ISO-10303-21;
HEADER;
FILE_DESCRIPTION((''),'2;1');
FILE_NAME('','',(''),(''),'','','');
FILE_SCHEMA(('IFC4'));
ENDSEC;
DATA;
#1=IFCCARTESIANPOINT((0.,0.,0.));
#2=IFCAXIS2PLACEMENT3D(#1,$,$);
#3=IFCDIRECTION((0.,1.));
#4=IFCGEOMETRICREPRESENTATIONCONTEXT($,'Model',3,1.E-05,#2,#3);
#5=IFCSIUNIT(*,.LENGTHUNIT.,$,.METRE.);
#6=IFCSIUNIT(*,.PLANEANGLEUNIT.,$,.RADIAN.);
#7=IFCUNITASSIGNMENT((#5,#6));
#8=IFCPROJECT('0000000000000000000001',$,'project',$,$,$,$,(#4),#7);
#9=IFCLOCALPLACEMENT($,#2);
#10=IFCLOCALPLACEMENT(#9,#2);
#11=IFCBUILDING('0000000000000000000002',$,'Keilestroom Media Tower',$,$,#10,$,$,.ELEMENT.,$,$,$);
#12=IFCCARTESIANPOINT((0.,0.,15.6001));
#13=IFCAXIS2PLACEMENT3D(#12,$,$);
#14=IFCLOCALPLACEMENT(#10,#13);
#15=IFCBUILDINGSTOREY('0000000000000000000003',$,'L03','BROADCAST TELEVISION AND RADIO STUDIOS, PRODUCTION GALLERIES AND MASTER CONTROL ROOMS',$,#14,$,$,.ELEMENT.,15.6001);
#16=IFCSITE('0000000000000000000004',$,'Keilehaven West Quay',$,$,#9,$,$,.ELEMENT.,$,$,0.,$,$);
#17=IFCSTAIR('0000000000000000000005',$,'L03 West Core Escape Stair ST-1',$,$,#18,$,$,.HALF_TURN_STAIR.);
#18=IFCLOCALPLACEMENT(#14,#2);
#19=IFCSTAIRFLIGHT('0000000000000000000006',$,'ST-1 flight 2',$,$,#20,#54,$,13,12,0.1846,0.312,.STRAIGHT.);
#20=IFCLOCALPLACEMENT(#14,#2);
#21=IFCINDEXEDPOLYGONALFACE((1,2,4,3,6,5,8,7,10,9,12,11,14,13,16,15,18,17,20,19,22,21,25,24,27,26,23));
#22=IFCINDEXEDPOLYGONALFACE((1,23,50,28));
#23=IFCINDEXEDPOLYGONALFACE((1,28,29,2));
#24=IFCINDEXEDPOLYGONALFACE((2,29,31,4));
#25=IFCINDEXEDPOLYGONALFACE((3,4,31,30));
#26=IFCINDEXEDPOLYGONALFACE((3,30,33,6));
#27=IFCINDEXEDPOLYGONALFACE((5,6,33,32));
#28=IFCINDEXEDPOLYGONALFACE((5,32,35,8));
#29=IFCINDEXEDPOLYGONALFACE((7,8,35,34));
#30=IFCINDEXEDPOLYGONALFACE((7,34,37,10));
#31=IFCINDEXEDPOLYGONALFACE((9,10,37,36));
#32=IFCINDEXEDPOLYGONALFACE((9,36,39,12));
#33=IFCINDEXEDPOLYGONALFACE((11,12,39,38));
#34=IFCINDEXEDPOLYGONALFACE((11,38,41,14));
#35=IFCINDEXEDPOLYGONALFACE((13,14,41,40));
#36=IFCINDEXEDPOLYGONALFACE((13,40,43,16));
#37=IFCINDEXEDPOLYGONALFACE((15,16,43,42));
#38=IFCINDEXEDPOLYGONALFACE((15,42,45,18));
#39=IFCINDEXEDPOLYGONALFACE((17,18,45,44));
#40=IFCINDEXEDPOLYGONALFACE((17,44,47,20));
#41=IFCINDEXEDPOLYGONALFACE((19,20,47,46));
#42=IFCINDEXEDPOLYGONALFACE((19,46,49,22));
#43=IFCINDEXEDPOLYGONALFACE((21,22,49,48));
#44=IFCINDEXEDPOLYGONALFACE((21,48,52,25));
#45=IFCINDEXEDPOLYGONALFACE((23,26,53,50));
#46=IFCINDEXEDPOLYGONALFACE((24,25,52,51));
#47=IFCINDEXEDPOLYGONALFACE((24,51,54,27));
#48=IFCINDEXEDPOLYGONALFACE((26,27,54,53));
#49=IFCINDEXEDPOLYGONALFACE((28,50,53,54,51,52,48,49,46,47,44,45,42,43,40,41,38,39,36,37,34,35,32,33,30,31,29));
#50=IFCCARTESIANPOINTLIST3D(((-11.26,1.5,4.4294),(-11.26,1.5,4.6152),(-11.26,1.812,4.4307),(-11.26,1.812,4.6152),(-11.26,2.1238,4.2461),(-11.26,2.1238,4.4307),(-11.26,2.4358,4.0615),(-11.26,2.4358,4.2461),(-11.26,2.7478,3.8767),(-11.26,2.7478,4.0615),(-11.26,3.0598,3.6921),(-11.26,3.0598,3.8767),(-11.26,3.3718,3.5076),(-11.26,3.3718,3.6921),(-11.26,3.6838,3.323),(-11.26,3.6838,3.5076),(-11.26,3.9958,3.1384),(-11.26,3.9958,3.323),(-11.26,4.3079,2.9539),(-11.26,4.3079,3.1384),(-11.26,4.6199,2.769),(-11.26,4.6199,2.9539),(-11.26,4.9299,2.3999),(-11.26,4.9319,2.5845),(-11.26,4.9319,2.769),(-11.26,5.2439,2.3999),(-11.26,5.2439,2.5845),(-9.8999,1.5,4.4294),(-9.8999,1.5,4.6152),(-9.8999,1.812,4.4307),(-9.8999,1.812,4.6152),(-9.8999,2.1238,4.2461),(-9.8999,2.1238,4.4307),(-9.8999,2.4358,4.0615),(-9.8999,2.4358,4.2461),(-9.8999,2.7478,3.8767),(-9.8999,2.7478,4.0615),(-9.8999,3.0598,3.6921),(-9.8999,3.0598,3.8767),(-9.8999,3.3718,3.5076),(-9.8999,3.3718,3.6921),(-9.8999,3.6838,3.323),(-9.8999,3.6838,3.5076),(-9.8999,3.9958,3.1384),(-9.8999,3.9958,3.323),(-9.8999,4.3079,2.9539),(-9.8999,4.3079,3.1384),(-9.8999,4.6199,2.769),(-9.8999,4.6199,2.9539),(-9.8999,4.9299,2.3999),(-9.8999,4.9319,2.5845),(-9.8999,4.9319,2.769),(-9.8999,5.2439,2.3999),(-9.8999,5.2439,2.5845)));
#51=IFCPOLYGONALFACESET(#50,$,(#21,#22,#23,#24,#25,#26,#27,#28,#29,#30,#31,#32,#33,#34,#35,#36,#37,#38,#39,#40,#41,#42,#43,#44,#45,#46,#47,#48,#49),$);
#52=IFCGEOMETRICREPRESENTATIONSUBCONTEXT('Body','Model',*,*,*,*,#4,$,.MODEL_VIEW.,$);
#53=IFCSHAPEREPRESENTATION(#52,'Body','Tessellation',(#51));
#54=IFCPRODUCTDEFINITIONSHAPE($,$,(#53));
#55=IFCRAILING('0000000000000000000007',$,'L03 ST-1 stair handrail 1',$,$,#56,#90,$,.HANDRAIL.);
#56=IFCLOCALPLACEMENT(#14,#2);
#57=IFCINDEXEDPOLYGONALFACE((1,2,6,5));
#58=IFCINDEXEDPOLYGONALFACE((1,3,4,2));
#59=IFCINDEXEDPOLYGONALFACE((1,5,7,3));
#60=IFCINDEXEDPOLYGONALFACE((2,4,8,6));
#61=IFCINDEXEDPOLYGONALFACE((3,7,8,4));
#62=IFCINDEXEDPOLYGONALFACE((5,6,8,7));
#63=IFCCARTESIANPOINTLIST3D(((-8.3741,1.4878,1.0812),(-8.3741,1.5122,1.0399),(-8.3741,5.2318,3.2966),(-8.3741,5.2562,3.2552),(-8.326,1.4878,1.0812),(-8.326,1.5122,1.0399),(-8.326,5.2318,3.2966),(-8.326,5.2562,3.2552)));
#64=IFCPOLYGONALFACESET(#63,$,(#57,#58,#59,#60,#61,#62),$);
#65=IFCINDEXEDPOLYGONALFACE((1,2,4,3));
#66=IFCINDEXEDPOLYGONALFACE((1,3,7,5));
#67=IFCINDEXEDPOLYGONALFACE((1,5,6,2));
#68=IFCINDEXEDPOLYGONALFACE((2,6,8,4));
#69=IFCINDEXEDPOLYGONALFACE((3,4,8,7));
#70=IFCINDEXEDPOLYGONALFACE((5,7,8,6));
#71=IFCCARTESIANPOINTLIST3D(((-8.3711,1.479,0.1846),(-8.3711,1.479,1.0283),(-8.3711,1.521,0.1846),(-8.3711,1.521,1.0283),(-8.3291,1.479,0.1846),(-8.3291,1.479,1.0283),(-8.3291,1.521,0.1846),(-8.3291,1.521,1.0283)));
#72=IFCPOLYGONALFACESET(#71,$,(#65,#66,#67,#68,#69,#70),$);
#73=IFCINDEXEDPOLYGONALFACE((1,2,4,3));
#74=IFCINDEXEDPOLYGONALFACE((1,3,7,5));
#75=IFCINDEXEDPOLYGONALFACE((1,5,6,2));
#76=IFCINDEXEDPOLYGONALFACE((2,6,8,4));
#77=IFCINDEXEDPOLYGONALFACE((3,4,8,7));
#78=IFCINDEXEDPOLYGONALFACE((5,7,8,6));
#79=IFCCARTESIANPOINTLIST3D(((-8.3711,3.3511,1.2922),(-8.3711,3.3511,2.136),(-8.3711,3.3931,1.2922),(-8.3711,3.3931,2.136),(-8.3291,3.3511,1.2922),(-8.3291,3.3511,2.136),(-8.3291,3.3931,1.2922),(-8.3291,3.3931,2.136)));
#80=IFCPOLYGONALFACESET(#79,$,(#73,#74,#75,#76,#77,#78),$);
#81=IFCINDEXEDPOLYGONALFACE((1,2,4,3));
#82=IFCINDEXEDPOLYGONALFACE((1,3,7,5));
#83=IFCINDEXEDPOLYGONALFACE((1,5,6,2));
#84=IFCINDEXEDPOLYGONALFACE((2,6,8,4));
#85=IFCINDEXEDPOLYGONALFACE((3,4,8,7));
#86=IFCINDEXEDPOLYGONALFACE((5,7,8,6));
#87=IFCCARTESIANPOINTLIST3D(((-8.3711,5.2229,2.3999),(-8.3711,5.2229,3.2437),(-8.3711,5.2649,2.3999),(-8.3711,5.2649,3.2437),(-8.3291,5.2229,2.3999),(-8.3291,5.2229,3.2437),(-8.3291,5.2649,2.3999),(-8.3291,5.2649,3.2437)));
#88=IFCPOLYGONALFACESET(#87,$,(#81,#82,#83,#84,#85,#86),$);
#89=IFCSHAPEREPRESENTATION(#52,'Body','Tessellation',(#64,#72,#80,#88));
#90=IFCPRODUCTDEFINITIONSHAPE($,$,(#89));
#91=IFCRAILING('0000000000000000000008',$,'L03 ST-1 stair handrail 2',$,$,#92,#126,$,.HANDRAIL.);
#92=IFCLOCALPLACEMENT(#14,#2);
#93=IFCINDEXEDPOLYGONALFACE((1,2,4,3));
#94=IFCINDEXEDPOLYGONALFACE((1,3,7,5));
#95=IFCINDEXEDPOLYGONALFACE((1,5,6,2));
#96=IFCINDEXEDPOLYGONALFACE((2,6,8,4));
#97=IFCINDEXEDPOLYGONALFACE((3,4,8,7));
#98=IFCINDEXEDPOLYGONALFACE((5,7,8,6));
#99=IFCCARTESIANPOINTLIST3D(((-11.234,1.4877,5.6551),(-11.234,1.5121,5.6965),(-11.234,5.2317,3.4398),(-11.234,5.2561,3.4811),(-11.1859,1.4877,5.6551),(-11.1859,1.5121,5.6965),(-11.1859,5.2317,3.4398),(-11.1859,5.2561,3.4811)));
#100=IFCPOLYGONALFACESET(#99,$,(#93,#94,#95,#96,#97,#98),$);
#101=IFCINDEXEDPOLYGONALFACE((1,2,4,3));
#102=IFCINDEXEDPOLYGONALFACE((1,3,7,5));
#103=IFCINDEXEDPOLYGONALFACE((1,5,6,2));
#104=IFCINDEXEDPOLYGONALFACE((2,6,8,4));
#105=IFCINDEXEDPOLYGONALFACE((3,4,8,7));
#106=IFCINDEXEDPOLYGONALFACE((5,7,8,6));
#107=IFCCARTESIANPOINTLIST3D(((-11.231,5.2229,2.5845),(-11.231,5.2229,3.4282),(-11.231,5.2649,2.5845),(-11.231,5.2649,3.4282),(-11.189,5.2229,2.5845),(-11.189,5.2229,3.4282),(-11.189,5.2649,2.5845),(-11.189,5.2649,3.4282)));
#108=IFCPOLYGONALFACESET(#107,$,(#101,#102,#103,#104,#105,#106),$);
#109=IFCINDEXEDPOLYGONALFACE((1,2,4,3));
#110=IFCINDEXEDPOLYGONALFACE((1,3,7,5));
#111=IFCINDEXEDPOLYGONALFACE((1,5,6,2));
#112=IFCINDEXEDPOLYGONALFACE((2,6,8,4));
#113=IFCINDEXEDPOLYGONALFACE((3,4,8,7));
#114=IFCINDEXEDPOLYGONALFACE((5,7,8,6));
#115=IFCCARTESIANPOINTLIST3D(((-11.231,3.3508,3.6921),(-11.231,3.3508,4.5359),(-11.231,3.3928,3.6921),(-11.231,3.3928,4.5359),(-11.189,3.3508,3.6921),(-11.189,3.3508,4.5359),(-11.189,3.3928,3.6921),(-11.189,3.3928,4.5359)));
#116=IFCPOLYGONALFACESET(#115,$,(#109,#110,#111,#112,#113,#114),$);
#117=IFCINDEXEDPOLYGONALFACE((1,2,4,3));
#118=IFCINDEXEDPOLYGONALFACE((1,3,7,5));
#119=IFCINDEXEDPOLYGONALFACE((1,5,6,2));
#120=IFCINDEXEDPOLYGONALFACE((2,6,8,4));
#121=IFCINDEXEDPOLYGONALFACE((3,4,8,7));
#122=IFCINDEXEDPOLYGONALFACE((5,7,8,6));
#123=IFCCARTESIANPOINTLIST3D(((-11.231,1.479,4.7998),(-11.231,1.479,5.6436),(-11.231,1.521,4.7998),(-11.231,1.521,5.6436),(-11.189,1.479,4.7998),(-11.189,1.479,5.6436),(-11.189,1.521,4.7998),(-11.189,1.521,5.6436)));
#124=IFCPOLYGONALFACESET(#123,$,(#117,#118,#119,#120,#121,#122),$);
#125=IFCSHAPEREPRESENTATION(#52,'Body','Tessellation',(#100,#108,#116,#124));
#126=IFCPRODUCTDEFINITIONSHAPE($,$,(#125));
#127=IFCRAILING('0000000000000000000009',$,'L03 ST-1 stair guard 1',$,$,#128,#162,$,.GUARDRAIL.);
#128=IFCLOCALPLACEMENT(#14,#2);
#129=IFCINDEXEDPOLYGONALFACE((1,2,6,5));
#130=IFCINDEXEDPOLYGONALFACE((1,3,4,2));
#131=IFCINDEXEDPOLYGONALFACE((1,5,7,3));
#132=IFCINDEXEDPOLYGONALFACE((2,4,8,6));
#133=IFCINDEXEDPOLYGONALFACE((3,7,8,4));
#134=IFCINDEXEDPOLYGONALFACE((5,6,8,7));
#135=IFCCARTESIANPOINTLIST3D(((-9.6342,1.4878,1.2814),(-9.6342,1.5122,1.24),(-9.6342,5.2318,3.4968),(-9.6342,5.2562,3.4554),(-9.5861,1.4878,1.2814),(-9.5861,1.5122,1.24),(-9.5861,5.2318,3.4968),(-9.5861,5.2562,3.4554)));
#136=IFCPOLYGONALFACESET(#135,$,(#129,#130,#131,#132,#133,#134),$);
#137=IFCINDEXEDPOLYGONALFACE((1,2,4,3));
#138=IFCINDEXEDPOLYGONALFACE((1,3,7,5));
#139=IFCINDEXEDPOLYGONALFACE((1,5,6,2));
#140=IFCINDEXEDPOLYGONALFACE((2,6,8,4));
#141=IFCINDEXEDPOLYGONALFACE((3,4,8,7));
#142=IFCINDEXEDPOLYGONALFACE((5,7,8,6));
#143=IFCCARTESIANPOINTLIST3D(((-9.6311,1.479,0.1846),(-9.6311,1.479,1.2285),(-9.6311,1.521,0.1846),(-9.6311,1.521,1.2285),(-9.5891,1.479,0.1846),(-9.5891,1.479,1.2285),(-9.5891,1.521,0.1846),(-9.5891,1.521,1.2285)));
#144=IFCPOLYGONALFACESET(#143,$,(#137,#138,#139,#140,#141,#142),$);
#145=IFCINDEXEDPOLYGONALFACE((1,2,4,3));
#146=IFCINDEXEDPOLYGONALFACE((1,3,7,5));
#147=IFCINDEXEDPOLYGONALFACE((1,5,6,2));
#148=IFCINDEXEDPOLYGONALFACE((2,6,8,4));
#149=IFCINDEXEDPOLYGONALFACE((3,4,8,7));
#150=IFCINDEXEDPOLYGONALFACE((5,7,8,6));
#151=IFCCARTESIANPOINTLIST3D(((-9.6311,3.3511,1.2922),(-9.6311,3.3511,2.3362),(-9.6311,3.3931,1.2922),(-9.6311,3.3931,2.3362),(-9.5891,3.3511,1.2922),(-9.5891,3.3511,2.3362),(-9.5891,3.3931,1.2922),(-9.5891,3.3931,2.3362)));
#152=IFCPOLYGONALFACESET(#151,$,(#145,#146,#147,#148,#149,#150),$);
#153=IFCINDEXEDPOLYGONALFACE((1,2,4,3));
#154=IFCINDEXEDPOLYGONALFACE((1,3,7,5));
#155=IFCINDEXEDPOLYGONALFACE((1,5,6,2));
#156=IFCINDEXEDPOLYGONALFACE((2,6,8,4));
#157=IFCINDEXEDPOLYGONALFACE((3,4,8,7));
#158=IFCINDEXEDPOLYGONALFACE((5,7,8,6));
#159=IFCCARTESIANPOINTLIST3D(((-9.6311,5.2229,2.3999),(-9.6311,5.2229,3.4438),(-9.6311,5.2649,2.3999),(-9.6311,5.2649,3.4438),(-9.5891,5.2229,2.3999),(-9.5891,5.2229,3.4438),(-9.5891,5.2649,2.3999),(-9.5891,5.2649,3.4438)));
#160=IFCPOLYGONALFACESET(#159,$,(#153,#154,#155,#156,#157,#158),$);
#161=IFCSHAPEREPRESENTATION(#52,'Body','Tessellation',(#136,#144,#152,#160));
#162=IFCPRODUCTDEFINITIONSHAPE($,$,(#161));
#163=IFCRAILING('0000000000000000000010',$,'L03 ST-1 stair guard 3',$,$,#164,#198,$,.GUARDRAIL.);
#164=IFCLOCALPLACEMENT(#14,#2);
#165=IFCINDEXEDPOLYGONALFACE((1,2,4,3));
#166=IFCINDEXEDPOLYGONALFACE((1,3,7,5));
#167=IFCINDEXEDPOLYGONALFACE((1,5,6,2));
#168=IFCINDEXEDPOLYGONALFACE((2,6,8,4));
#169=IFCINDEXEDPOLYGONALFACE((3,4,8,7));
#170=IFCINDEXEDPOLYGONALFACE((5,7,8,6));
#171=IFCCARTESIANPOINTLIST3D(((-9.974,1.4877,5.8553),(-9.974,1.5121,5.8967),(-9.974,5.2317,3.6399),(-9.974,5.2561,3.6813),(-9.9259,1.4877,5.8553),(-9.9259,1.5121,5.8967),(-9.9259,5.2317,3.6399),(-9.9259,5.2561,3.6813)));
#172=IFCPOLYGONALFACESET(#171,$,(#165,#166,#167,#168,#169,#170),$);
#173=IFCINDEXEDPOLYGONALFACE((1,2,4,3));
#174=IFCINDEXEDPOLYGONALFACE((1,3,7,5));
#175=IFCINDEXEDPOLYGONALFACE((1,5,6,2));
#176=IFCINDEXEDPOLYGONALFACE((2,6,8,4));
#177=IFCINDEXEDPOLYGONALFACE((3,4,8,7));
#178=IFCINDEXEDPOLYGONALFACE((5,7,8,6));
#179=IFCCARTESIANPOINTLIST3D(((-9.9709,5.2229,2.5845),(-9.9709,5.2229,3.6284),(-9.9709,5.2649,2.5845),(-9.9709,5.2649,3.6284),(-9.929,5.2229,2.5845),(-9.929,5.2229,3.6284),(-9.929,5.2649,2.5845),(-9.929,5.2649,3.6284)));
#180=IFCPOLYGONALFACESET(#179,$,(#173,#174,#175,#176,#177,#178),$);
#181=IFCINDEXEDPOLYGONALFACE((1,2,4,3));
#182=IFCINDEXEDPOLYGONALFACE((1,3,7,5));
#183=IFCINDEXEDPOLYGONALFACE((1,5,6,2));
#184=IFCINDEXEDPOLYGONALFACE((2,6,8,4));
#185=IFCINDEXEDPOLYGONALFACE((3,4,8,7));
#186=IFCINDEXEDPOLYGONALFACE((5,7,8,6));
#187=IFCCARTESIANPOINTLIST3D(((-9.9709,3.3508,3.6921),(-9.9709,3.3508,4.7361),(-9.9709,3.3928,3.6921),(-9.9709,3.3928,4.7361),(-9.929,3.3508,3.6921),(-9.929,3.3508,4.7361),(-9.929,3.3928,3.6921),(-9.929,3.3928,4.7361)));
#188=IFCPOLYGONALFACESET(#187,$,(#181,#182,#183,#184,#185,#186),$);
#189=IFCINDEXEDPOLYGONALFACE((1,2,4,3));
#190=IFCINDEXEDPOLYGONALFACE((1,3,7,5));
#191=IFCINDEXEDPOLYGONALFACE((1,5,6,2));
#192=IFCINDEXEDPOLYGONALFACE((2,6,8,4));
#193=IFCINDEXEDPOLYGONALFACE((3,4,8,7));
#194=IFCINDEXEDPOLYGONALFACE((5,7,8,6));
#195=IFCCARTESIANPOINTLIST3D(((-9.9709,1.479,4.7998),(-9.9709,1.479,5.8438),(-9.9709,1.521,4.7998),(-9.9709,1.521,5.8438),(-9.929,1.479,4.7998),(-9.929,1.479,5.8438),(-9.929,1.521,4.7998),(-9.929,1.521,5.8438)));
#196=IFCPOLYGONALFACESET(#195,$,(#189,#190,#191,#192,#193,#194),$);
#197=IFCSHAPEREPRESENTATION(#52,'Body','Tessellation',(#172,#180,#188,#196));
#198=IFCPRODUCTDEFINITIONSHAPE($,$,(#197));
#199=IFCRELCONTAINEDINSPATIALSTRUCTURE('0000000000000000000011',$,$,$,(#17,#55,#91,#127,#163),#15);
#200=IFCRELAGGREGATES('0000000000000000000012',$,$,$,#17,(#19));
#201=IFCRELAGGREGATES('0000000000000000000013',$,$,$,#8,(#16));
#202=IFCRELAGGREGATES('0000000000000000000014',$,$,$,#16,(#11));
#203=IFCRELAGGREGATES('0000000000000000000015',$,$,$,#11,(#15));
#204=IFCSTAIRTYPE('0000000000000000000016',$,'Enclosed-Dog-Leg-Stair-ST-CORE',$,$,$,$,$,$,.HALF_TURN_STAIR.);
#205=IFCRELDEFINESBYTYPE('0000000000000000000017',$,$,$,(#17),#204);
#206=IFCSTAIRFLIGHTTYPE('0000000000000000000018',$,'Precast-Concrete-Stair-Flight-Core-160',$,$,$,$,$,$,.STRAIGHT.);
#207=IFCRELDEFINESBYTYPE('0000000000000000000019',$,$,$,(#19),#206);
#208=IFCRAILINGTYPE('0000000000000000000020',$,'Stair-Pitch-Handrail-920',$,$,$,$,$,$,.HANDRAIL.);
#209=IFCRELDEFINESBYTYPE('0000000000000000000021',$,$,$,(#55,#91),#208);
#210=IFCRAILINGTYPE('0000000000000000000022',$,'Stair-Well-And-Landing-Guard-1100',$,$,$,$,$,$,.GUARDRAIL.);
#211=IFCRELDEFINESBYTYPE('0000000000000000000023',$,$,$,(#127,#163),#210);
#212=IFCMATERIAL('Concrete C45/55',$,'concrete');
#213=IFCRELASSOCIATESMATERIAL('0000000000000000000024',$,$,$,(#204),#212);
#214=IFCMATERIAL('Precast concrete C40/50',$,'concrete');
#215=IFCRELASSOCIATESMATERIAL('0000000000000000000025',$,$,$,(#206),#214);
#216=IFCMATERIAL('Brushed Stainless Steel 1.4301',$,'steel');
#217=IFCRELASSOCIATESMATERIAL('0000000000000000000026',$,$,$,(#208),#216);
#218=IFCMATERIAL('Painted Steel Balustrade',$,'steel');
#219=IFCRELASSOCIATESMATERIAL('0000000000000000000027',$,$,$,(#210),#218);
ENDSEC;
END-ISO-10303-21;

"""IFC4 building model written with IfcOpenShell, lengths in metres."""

from ifc_helpers import new_model, si_unit, direction, frame, origin, origin_2d, place, context, subcontext, project, spatial, polyline, rectangle, outline, extrude, material, type_object, element, aggregate, save


model = new_model("IFC4")

# Units and contexts
model_context = context("Model", 3, precision=1e-05, world=origin(), true_north=direction((0.0, 1.0)))
body_context = subcontext(model_context, "Body", "Model", "MODEL_VIEW")
ifc_project = project(units=[si_unit("LENGTHUNIT", "METRE"), si_unit("PLANEANGLEUNIT", "RADIAN")], contexts=[model_context])

# Site, building, storey
site_placement = place(None, origin())
site = spatial("IfcSite", under=ifc_project, at=site_placement, Name="Keilehaven West Quay", CompositionType="ELEMENT", RefElevation=0.0)
building_placement = place(site_placement, origin())
building = spatial("IfcBuilding", under=site, at=building_placement, Name="Keilestroom Media Tower", CompositionType="ELEMENT")
storey_placement = place(building_placement, frame((0.0, 0.0, 15.6001)))
storey = spatial("IfcBuildingStorey", under=building, at=storey_placement, Name="L03", Description="BROADCAST TELEVISION AND RADIO STUDIOS, PRODUCTION GALLERIES AND MASTER CONTROL ROOMS", CompositionType="ELEMENT", Elevation=15.6001)

# Stair, stair flight
ifc_material_1 = material(Name="Concrete C45/55", Category="concrete")
stair_type = type_object("IfcStairType", Name="Enclosed-Dog-Leg-Stair-ST-CORE", PredefinedType="HALF_TURN_STAIR", material=ifc_material_1)
stair_placement = place(storey_placement, origin())
stair = element("IfcStair", 1, at=stair_placement, inside=storey, type_object=stair_type, Name="L03 West Core Escape Stair ST-1", PredefinedType="HALF_TURN_STAIR")
ifc_material_2 = material(Name="Precast concrete C40/50", Category="concrete")
stair_flight_type = type_object("IfcStairFlightType", Name="Precast-Concrete-Stair-Flight-Core-160", PredefinedType="STRAIGHT", material=ifc_material_2)
stair_flight_1_placement = place(storey_placement, frame((-10.5801, 5.2439, 2.3999), z_axis=(0.0, 0.0, 1.0), x_axis=(0.0, -1.0, 0.0)))
stair_flight_1 = element("IfcStairFlight", 2, at=stair_flight_1_placement, type_object=stair_flight_type, Name="ST-1 flight 2", NumberOfRisers=13, NumberOfTreads=12, PredefinedType="STRAIGHT", RiserHeight=0.1846, TreadLength=0.312, context=body_context, shape_type="SweptSolid", body=[
    extrude(outline(polyline([(0.0, 0.0), (0.0, 0.1846), (0.312, 0.1846), (0.312, 0.3691), (0.624, 0.3691), (0.624, 0.554), (0.936, 0.554), (0.936, 0.7385), (1.248, 0.7385), (1.248, 0.9231), (1.5601, 0.9231), (1.5601, 1.1077), (1.8721, 1.1077), (1.8721, 1.2922), (2.1841, 1.2922), (2.1841, 1.4768), (2.4961, 1.4768), (2.4961, 1.6616), (2.8081, 1.6616), (2.8081, 1.8462), (3.1201, 1.8462), (3.1201, 2.0308), (3.4319, 2.0308), (3.4319, 2.2153), (3.7439, 2.2153), (3.7439, 2.3999), (3.7439, 2.0295), (0.314, 0.0), (0.0, 0.0)])), frame((0.0, 0.6802, 0.0), z_axis=(0.0, -1.0, 0.0), x_axis=(1.0, 0.0, 0.0)), (0.0, 0.0, 1.0), 1.3601),
])
aggregate(stair, [stair_flight_1])

# Railings
ifc_material_3 = material(Name="Brushed Stainless Steel 1.4301", Category="steel")
railing_type_1 = type_object("IfcRailingType", Name="Stair-Pitch-Handrail-920", PredefinedType="HANDRAIL", material=ifc_material_3)
railing_1_placement = place(storey_placement, frame((-8.3501, 1.5, 0.1846)))
element("IfcRailing", 3, at=railing_1_placement, inside=storey, type_object=railing_type_1, Name="L03 ST-1 stair handrail 1", PredefinedType="HANDRAIL", context=body_context, shape_type="SweptSolid", body=[
    extrude(rectangle(XDim=0.0481, YDim=0.0481, at=origin_2d()), frame((0.0, 0.0, 0.876), z_axis=(0.0, 0.860621, 0.509245), x_axis=(-1.0, 0.0, 0.0)), (0.0, 0.0, 1.0), 4.3503),
    extrude(rectangle(XDim=0.042, YDim=0.042, at=origin_2d()), origin(), (0.0, 0.0, 1.0), 0.8438),
    extrude(rectangle(XDim=0.042, YDim=0.042, at=origin_2d()), frame((0.0, 1.8721, 1.1077)), (0.0, 0.0, 1.0), 0.8438),
    extrude(rectangle(XDim=0.042, YDim=0.042, at=origin_2d()), frame((0.0, 3.7439, 2.2153)), (0.0, 0.0, 1.0), 0.8438),
])
railing_2_placement = place(storey_placement, frame((-11.21, 5.2439, 2.5845)))
element("IfcRailing", 4, at=railing_2_placement, inside=storey, type_object=railing_type_1, Name="L03 ST-1 stair handrail 2", PredefinedType="HANDRAIL", context=body_context, shape_type="SweptSolid", body=[
    extrude(rectangle(XDim=0.0481, YDim=0.0481, at=origin_2d()), frame((0.0, 0.0, 0.876), z_axis=(0.0, -0.860621, 0.509245), x_axis=(1.0, 0.0, 0.0)), (0.0, 0.0, 1.0), 4.3503),
    extrude(rectangle(XDim=0.042, YDim=0.042, at=origin_2d()), origin(), (0.0, 0.0, 1.0), 0.8438),
    extrude(rectangle(XDim=0.042, YDim=0.042, at=origin_2d()), frame((0.0, -1.8721, 1.1077)), (0.0, 0.0, 1.0), 0.8438),
    extrude(rectangle(XDim=0.042, YDim=0.042, at=origin_2d()), frame((0.0, -3.7439, 2.2153)), (0.0, 0.0, 1.0), 0.8438),
])
ifc_material_4 = material(Name="Painted Steel Balustrade", Category="steel")
railing_type_2 = type_object("IfcRailingType", Name="Stair-Well-And-Landing-Guard-1100", PredefinedType="GUARDRAIL", material=ifc_material_4)
railing_3_placement = place(storey_placement, frame((-9.6101, 1.5, 0.1846)))
element("IfcRailing", 5, at=railing_3_placement, inside=storey, type_object=railing_type_2, Name="L03 ST-1 stair guard 1", PredefinedType="GUARDRAIL", context=body_context, shape_type="SweptSolid", body=[
    extrude(rectangle(XDim=0.0481, YDim=0.0481, at=origin_2d()), frame((0.0, 0.0, 1.0762), z_axis=(0.0, 0.860621, 0.509245), x_axis=(-1.0, 0.0, 0.0)), (0.0, 0.0, 1.0), 4.3503),
    extrude(rectangle(XDim=0.042, YDim=0.042, at=origin_2d()), origin(), (0.0, 0.0, 1.0), 1.0439),
    extrude(rectangle(XDim=0.042, YDim=0.042, at=origin_2d()), frame((0.0, 1.8721, 1.1077)), (0.0, 0.0, 1.0), 1.0439),
    extrude(rectangle(XDim=0.042, YDim=0.042, at=origin_2d()), frame((0.0, 3.7439, 2.2153)), (0.0, 0.0, 1.0), 1.0439),
])
railing_4_placement = place(storey_placement, frame((-9.95, 5.2439, 2.5845)))
element("IfcRailing", 6, at=railing_4_placement, inside=storey, type_object=railing_type_2, Name="L03 ST-1 stair guard 3", PredefinedType="GUARDRAIL", context=body_context, shape_type="SweptSolid", body=[
    extrude(rectangle(XDim=0.0481, YDim=0.0481, at=origin_2d()), frame((0.0, 0.0, 1.0762), z_axis=(0.0, -0.860621, 0.509245), x_axis=(1.0, 0.0, 0.0)), (0.0, 0.0, 1.0), 4.3503),
    extrude(rectangle(XDim=0.042, YDim=0.042, at=origin_2d()), origin(), (0.0, 0.0, 1.0), 1.0439),
    extrude(rectangle(XDim=0.042, YDim=0.042, at=origin_2d()), frame((0.0, -1.8721, 1.1077)), (0.0, 0.0, 1.0), 1.0439),
    extrude(rectangle(XDim=0.042, YDim=0.042, at=origin_2d()), frame((0.0, -3.7439, 2.2153)), (0.0, 0.0, 1.0), 1.0439),
])

save(model, "model.ifc")
